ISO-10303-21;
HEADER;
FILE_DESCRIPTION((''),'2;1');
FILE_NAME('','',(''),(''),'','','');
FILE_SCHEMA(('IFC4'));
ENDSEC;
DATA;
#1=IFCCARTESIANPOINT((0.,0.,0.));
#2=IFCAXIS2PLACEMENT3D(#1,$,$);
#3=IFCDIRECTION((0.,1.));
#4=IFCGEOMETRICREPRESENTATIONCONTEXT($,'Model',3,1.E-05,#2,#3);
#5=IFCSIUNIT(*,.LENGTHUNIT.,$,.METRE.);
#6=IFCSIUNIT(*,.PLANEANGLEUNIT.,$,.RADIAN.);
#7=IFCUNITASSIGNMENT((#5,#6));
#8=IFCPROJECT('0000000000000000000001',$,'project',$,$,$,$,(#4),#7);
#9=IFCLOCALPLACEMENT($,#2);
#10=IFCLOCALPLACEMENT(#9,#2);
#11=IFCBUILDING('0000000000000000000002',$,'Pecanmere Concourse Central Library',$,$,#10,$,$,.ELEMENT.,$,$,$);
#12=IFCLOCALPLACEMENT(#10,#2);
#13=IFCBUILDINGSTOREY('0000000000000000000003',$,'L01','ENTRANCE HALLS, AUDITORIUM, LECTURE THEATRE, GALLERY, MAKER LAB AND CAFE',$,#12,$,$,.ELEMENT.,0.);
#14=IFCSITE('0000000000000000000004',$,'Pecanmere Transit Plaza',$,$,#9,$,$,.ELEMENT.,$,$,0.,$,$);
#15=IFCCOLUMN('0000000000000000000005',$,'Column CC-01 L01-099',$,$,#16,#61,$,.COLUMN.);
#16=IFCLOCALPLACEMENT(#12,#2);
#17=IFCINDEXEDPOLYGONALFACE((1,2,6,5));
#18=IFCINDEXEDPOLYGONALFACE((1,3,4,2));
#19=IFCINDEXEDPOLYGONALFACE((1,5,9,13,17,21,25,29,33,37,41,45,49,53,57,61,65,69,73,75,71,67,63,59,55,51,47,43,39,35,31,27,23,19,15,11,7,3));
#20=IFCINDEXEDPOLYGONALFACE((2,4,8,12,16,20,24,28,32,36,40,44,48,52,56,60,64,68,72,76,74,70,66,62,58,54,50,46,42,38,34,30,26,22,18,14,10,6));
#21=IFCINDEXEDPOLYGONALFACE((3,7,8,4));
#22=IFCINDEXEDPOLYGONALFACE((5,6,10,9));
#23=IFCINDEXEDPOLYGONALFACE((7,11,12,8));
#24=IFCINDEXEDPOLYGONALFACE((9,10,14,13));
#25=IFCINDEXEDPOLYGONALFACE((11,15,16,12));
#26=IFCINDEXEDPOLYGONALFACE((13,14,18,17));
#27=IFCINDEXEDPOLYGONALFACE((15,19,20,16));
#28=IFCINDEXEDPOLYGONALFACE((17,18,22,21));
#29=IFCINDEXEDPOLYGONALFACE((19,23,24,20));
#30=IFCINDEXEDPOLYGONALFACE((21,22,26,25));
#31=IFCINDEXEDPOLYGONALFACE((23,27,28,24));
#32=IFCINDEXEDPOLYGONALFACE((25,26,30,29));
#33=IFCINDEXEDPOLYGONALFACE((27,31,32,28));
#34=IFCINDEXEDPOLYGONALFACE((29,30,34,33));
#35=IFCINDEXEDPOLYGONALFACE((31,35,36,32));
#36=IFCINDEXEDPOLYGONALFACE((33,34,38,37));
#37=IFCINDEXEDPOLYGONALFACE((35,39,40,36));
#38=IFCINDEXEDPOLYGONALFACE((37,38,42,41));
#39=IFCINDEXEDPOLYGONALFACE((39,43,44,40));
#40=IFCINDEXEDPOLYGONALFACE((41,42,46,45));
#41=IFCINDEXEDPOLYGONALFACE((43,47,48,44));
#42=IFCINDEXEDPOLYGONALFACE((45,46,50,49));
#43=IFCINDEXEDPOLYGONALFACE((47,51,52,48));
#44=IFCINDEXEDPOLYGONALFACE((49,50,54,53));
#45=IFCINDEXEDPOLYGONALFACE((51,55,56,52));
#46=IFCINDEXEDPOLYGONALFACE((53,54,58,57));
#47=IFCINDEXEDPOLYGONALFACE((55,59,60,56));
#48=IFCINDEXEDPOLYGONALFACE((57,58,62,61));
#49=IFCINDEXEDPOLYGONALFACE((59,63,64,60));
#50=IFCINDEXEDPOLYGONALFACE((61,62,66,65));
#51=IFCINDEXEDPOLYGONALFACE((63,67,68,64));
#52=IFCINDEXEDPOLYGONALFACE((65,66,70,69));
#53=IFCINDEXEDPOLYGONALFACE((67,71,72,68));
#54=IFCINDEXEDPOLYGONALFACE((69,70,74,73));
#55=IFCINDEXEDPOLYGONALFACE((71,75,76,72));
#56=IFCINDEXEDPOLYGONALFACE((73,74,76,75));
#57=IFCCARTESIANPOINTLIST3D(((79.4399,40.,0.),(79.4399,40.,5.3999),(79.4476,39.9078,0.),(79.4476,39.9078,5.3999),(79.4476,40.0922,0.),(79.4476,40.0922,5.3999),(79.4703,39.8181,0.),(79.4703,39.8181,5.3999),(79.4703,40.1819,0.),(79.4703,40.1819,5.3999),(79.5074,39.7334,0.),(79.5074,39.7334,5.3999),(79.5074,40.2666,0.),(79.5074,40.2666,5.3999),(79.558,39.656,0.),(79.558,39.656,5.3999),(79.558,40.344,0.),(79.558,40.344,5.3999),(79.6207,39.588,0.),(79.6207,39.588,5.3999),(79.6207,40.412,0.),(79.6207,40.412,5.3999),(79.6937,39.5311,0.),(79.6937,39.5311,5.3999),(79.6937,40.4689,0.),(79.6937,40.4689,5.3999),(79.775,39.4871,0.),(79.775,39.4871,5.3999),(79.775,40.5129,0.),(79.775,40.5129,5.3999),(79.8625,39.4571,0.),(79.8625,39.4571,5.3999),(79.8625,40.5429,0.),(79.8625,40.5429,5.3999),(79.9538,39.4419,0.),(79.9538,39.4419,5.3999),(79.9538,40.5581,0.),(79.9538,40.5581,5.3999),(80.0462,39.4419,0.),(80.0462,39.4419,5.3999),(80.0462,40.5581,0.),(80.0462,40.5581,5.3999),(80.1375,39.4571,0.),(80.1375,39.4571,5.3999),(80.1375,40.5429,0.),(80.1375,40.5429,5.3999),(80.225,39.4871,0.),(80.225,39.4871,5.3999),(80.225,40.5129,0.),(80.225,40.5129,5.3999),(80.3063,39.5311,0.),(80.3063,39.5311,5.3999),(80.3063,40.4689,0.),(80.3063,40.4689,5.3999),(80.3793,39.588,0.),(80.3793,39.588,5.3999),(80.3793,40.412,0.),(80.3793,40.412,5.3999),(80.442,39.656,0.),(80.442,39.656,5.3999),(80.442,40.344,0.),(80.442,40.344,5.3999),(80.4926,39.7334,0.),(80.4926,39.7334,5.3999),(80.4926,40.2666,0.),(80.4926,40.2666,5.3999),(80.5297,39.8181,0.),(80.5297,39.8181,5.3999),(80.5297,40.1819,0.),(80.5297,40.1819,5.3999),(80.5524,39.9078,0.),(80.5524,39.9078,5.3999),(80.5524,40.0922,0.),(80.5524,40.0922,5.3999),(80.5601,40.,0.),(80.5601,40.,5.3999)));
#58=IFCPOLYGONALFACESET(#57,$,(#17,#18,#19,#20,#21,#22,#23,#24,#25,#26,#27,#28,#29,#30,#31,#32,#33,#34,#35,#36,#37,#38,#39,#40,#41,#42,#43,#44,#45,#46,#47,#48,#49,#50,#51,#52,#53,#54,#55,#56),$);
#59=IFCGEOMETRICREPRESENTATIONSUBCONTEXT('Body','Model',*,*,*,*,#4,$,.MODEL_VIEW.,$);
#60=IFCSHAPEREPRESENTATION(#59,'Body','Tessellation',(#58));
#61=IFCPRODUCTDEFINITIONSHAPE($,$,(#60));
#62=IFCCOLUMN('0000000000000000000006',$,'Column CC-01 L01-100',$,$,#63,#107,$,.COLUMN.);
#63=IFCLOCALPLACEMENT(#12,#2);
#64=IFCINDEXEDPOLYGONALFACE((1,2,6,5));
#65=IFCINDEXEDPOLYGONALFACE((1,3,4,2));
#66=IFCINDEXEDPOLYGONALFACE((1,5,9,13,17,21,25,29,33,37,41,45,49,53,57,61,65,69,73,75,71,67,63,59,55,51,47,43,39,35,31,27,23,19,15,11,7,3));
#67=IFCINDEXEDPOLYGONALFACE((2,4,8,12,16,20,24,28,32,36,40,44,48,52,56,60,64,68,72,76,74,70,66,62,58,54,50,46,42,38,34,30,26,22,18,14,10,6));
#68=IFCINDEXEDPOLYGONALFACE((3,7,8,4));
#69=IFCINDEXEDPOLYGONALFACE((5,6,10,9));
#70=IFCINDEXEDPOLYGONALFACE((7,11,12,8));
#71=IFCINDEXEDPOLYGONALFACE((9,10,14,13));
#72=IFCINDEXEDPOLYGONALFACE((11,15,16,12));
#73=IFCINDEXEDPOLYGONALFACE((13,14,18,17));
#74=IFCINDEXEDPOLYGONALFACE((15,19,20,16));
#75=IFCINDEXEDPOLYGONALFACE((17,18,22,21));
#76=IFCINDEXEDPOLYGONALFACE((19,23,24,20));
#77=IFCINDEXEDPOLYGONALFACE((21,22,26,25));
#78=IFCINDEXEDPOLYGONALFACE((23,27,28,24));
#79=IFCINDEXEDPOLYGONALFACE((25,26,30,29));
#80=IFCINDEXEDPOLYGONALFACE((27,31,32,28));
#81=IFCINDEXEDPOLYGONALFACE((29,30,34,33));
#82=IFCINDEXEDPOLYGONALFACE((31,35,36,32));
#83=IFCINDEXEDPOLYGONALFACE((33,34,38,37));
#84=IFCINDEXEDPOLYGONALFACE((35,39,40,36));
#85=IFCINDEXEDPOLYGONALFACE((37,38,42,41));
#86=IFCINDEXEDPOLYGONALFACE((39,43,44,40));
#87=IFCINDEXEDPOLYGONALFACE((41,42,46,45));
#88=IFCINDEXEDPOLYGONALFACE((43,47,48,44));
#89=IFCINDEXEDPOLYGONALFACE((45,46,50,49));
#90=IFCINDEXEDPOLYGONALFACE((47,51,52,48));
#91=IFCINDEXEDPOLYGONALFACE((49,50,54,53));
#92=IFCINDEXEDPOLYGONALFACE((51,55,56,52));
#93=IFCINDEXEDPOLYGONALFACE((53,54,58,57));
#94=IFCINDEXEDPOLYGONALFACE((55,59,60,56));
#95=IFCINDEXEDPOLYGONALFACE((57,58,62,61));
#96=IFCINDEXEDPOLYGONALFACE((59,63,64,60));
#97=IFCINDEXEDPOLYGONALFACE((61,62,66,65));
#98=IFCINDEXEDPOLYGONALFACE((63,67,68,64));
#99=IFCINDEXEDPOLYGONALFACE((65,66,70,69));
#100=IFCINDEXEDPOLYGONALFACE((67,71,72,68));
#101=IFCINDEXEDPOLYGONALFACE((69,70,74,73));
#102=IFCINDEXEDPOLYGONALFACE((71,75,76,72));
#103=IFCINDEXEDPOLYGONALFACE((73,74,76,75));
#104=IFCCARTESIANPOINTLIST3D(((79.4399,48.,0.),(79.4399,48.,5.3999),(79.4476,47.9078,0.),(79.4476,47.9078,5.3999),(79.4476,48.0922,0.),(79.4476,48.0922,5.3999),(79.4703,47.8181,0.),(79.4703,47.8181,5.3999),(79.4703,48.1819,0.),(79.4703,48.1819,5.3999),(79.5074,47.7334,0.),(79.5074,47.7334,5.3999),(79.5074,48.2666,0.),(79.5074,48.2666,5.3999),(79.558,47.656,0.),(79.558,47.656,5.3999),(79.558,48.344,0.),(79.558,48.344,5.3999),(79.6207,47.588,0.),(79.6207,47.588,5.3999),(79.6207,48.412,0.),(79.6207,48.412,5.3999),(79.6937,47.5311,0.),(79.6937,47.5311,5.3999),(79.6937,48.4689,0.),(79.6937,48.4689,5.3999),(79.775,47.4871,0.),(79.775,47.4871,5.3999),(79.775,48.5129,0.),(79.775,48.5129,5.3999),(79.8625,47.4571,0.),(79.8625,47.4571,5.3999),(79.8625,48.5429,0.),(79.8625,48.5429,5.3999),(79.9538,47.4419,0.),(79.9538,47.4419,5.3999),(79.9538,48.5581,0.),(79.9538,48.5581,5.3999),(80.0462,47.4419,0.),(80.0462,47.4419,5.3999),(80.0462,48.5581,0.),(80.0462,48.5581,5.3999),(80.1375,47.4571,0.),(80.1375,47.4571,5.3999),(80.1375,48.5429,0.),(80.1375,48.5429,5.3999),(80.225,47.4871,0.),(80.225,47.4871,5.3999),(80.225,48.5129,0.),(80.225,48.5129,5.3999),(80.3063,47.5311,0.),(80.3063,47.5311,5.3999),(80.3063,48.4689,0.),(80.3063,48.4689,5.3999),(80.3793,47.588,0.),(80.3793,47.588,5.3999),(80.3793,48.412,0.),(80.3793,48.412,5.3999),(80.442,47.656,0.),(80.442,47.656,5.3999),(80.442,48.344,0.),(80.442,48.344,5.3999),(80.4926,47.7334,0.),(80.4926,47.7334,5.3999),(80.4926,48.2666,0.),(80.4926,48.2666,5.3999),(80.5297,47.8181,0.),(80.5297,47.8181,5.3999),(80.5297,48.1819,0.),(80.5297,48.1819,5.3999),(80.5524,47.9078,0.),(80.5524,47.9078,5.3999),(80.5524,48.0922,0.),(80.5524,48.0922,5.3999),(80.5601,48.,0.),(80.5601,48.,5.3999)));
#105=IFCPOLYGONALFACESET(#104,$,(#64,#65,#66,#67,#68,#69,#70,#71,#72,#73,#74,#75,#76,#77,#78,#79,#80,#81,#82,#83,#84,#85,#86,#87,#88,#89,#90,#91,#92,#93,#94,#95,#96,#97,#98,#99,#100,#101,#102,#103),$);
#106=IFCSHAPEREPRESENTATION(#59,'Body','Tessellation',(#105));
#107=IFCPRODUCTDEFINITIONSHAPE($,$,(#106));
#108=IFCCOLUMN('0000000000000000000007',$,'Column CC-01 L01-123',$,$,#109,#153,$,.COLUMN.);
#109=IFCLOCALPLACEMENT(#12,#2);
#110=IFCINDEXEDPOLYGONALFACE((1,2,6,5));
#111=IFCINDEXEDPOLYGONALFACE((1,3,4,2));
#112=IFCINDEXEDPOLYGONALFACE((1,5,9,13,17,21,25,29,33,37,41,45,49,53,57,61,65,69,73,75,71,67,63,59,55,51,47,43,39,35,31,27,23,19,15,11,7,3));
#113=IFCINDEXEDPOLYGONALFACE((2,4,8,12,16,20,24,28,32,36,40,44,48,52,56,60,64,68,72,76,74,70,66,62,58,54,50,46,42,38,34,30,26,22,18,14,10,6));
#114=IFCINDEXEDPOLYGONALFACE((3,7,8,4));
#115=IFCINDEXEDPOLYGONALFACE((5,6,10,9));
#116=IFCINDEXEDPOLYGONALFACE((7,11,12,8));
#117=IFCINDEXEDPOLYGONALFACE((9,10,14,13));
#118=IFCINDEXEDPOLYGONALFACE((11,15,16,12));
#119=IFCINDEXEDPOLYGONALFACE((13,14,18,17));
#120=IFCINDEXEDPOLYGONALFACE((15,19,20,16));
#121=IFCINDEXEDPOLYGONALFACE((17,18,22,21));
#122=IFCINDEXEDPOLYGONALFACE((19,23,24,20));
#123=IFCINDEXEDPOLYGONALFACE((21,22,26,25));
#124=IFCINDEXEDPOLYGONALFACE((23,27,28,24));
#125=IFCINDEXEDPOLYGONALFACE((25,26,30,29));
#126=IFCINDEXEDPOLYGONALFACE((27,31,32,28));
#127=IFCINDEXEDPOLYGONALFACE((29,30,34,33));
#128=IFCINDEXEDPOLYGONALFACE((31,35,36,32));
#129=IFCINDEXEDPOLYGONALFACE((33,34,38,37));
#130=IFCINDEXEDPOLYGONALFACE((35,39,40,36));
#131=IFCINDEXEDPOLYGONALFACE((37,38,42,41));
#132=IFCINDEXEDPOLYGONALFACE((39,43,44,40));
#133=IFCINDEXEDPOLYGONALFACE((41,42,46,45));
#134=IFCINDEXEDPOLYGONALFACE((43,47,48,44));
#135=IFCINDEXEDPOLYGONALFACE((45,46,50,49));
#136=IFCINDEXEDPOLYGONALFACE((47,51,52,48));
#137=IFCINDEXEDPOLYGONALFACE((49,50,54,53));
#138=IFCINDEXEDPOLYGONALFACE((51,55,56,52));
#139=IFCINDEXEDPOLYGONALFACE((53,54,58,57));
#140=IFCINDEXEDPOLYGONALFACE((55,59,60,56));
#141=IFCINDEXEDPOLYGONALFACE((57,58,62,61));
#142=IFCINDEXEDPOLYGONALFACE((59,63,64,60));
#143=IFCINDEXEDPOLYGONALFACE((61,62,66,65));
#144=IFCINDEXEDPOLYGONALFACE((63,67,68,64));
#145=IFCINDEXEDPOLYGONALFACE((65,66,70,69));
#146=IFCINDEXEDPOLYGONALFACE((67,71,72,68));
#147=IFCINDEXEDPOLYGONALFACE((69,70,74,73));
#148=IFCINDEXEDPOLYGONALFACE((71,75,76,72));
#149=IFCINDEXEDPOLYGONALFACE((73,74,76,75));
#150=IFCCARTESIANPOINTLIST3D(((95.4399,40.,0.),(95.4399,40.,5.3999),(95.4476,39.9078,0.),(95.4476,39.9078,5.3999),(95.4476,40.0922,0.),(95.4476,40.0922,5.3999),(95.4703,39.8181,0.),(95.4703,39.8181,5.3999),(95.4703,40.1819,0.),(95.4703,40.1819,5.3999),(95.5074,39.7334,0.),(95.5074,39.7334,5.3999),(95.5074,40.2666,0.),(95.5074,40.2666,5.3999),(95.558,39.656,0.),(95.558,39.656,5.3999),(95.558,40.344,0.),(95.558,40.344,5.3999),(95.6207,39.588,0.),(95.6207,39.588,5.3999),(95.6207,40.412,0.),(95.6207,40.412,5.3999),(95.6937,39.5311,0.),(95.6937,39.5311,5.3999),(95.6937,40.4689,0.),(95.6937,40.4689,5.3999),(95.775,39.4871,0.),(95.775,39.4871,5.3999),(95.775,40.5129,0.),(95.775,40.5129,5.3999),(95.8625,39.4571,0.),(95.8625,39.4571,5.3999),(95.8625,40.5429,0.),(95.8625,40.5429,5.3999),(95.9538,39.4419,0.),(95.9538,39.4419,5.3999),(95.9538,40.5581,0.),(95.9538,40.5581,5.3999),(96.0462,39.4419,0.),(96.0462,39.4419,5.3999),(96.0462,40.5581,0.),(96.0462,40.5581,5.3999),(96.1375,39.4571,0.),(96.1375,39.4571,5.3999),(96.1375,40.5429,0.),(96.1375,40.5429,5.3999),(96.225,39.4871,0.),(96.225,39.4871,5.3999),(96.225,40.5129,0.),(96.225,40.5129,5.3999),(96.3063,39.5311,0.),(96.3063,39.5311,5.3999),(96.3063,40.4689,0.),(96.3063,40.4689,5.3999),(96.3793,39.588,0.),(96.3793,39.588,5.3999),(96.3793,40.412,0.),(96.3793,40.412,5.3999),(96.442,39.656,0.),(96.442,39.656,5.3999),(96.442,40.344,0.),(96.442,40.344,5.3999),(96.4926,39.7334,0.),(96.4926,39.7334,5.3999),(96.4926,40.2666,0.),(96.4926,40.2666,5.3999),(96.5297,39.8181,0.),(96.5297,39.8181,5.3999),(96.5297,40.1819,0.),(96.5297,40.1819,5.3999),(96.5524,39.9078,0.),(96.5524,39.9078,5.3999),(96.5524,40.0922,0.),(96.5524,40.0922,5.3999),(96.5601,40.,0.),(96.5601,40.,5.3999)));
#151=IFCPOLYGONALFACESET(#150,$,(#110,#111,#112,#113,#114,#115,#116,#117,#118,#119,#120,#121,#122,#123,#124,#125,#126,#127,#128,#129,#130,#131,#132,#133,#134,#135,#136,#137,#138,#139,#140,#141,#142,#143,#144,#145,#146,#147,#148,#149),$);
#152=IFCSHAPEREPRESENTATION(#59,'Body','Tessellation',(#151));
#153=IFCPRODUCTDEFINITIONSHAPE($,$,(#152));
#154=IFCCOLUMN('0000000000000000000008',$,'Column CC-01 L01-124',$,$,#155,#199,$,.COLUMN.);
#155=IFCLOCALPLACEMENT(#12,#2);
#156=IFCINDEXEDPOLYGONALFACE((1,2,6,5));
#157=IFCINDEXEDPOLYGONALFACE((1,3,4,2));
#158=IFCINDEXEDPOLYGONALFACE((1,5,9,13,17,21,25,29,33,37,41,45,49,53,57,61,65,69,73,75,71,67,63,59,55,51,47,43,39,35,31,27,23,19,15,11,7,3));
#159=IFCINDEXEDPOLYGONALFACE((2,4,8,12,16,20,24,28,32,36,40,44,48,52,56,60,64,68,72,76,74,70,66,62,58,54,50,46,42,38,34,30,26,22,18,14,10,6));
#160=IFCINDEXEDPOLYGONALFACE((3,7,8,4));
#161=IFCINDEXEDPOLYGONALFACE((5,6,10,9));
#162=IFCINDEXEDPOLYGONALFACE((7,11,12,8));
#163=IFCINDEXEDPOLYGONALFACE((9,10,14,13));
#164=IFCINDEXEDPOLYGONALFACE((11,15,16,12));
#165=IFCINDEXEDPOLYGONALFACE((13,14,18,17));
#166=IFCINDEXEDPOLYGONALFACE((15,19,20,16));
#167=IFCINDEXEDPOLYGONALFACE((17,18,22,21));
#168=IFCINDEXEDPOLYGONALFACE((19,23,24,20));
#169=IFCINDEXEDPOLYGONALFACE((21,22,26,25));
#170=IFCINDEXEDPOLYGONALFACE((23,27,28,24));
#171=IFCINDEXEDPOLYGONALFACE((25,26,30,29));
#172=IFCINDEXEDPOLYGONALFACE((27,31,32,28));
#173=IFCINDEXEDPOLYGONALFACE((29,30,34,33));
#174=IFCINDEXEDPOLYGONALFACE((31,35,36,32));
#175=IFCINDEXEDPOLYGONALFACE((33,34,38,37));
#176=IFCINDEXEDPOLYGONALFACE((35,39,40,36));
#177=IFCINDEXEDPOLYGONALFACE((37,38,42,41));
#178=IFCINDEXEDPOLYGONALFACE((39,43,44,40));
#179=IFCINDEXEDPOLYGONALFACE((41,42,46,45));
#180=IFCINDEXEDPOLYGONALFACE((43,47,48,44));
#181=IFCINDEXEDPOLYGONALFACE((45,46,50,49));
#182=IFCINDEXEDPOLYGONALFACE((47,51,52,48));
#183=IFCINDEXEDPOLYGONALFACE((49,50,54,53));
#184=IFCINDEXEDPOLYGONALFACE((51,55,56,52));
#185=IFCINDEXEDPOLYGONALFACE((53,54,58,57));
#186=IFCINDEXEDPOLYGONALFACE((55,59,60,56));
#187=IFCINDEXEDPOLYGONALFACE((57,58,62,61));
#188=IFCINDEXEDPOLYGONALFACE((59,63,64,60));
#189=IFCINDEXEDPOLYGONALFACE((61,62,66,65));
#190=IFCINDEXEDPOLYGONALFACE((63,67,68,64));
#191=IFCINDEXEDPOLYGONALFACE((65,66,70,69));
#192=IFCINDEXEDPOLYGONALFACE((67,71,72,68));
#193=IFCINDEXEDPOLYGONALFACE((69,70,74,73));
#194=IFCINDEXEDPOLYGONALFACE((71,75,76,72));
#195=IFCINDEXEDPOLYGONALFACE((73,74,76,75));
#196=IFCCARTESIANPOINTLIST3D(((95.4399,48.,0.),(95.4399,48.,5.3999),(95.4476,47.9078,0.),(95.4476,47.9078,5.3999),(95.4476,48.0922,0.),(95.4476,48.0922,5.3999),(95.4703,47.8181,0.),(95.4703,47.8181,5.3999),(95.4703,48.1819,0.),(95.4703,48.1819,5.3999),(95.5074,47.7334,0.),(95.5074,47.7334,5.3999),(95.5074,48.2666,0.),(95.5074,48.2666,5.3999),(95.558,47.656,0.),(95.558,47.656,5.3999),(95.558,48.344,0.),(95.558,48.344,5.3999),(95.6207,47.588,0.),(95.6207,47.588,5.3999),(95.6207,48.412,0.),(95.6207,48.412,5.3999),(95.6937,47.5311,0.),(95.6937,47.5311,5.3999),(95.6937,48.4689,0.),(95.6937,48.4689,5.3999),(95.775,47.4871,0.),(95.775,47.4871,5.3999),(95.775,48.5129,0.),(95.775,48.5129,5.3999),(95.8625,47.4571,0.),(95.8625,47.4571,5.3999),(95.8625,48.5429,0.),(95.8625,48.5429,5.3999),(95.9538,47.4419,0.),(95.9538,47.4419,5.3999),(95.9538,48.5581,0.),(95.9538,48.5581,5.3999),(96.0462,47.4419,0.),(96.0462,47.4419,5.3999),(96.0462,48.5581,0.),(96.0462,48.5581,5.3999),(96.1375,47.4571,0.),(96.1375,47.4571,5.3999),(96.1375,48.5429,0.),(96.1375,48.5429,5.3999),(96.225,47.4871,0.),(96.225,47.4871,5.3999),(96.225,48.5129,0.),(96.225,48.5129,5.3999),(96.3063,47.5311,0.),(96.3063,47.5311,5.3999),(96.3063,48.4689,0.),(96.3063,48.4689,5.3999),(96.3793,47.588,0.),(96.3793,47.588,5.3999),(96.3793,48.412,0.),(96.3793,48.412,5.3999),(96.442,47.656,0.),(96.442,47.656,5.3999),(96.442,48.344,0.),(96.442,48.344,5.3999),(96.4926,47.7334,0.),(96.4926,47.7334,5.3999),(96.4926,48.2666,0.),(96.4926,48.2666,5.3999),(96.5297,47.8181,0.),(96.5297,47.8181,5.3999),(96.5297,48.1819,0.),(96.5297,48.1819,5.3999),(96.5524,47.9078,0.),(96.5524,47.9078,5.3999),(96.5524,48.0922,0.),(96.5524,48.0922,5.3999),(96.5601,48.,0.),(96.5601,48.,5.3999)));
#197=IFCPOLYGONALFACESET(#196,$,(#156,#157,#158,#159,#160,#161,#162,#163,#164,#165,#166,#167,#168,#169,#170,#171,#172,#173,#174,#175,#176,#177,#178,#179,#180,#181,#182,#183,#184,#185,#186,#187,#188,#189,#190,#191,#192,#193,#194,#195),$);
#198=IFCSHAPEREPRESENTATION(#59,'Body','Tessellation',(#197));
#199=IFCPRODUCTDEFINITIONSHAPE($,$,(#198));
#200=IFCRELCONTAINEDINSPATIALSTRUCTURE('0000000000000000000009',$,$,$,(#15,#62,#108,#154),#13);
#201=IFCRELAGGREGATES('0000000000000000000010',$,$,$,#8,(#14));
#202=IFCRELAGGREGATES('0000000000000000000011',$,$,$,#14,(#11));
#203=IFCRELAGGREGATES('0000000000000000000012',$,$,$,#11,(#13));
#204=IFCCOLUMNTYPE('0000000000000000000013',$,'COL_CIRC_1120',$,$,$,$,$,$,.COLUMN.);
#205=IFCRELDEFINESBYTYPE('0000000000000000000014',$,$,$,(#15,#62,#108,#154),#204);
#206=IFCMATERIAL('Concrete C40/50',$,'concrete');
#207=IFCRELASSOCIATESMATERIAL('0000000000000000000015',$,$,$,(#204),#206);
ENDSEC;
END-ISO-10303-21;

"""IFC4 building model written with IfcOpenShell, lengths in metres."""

from ifc_helpers import new_model, si_unit, direction, frame, origin, origin_2d, place, context, subcontext, project, spatial, circle, extrude, material, material_profile, profile_set, type_object, element, save


model = new_model("IFC4")

# Units and contexts
model_context = context("Model", 3, precision=1e-05, world=origin(), true_north=direction((0.0, 1.0)))
body_context = subcontext(model_context, "Body", "Model", "MODEL_VIEW")
ifc_project = project(units=[si_unit("LENGTHUNIT", "METRE"), si_unit("PLANEANGLEUNIT", "RADIAN")], contexts=[model_context])

# Site, building, storey
site_placement = place(None, origin())
site = spatial("IfcSite", under=ifc_project, at=site_placement, Name="Pecanmere Transit Plaza", CompositionType="ELEMENT", RefElevation=0.0)
building_placement = place(site_placement, origin())
building = spatial("IfcBuilding", under=site, at=building_placement, Name="Pecanmere Concourse Central Library", CompositionType="ELEMENT")
storey_placement = place(building_placement, origin())
storey = spatial("IfcBuildingStorey", under=building, at=storey_placement, Name="L01", Description="ENTRANCE HALLS, AUDITORIUM, LECTURE THEATRE, GALLERY, MAKER LAB AND CAFE", CompositionType="ELEMENT", Elevation=0.0)

# Columns
ifc_material_1 = material(Name="Concrete C40/50", Category="concrete")
ifc_material_profile_1 = material_profile(ifc_material_1, circle(Radius=0.5601, at=origin_2d()), Name="RC D1120")
ifc_profile_set_1 = profile_set([ifc_material_profile_1], Name="Concrete C40/50")
column_type_1 = type_object("IfcColumnType", Name="COL_CIRC_1120", PredefinedType="COLUMN", material=ifc_profile_set_1)
for number, where, z_axis, x_axis, name in (
    (1, (80.0, 40.0, 0.0), (0.0, 0.0, 1.0), (1.0, 0.0, 0.0), "Column CC-01 L01-099"),
    (2, (80.0, 48.0, 0.0), (0.0, 0.0, 1.0), (1.0, 0.0, 0.0), "Column CC-01 L01-100"),
    (3, (96.0, 40.0, 0.0), (0.0, 0.0, 1.0), (1.0, 0.0, 0.0), "Column CC-01 L01-123"),
    (4, (96.0, 48.0, 0.0), (0.0, 0.0, 1.0), (1.0, 0.0, 0.0), "Column CC-01 L01-124"),
):
    element("IfcColumn", number, at=place(storey_placement, frame(where, z_axis=z_axis, x_axis=x_axis)), inside=storey, type_object=column_type_1, Name=name, PredefinedType="COLUMN", context=body_context, shape_type="SweptSolid", body=[
        extrude(circle(Radius=0.5601, at=origin_2d()), origin(), (0.0, 0.0, 1.0), 5.3999),
    ])

save(model, "model.ifc")
